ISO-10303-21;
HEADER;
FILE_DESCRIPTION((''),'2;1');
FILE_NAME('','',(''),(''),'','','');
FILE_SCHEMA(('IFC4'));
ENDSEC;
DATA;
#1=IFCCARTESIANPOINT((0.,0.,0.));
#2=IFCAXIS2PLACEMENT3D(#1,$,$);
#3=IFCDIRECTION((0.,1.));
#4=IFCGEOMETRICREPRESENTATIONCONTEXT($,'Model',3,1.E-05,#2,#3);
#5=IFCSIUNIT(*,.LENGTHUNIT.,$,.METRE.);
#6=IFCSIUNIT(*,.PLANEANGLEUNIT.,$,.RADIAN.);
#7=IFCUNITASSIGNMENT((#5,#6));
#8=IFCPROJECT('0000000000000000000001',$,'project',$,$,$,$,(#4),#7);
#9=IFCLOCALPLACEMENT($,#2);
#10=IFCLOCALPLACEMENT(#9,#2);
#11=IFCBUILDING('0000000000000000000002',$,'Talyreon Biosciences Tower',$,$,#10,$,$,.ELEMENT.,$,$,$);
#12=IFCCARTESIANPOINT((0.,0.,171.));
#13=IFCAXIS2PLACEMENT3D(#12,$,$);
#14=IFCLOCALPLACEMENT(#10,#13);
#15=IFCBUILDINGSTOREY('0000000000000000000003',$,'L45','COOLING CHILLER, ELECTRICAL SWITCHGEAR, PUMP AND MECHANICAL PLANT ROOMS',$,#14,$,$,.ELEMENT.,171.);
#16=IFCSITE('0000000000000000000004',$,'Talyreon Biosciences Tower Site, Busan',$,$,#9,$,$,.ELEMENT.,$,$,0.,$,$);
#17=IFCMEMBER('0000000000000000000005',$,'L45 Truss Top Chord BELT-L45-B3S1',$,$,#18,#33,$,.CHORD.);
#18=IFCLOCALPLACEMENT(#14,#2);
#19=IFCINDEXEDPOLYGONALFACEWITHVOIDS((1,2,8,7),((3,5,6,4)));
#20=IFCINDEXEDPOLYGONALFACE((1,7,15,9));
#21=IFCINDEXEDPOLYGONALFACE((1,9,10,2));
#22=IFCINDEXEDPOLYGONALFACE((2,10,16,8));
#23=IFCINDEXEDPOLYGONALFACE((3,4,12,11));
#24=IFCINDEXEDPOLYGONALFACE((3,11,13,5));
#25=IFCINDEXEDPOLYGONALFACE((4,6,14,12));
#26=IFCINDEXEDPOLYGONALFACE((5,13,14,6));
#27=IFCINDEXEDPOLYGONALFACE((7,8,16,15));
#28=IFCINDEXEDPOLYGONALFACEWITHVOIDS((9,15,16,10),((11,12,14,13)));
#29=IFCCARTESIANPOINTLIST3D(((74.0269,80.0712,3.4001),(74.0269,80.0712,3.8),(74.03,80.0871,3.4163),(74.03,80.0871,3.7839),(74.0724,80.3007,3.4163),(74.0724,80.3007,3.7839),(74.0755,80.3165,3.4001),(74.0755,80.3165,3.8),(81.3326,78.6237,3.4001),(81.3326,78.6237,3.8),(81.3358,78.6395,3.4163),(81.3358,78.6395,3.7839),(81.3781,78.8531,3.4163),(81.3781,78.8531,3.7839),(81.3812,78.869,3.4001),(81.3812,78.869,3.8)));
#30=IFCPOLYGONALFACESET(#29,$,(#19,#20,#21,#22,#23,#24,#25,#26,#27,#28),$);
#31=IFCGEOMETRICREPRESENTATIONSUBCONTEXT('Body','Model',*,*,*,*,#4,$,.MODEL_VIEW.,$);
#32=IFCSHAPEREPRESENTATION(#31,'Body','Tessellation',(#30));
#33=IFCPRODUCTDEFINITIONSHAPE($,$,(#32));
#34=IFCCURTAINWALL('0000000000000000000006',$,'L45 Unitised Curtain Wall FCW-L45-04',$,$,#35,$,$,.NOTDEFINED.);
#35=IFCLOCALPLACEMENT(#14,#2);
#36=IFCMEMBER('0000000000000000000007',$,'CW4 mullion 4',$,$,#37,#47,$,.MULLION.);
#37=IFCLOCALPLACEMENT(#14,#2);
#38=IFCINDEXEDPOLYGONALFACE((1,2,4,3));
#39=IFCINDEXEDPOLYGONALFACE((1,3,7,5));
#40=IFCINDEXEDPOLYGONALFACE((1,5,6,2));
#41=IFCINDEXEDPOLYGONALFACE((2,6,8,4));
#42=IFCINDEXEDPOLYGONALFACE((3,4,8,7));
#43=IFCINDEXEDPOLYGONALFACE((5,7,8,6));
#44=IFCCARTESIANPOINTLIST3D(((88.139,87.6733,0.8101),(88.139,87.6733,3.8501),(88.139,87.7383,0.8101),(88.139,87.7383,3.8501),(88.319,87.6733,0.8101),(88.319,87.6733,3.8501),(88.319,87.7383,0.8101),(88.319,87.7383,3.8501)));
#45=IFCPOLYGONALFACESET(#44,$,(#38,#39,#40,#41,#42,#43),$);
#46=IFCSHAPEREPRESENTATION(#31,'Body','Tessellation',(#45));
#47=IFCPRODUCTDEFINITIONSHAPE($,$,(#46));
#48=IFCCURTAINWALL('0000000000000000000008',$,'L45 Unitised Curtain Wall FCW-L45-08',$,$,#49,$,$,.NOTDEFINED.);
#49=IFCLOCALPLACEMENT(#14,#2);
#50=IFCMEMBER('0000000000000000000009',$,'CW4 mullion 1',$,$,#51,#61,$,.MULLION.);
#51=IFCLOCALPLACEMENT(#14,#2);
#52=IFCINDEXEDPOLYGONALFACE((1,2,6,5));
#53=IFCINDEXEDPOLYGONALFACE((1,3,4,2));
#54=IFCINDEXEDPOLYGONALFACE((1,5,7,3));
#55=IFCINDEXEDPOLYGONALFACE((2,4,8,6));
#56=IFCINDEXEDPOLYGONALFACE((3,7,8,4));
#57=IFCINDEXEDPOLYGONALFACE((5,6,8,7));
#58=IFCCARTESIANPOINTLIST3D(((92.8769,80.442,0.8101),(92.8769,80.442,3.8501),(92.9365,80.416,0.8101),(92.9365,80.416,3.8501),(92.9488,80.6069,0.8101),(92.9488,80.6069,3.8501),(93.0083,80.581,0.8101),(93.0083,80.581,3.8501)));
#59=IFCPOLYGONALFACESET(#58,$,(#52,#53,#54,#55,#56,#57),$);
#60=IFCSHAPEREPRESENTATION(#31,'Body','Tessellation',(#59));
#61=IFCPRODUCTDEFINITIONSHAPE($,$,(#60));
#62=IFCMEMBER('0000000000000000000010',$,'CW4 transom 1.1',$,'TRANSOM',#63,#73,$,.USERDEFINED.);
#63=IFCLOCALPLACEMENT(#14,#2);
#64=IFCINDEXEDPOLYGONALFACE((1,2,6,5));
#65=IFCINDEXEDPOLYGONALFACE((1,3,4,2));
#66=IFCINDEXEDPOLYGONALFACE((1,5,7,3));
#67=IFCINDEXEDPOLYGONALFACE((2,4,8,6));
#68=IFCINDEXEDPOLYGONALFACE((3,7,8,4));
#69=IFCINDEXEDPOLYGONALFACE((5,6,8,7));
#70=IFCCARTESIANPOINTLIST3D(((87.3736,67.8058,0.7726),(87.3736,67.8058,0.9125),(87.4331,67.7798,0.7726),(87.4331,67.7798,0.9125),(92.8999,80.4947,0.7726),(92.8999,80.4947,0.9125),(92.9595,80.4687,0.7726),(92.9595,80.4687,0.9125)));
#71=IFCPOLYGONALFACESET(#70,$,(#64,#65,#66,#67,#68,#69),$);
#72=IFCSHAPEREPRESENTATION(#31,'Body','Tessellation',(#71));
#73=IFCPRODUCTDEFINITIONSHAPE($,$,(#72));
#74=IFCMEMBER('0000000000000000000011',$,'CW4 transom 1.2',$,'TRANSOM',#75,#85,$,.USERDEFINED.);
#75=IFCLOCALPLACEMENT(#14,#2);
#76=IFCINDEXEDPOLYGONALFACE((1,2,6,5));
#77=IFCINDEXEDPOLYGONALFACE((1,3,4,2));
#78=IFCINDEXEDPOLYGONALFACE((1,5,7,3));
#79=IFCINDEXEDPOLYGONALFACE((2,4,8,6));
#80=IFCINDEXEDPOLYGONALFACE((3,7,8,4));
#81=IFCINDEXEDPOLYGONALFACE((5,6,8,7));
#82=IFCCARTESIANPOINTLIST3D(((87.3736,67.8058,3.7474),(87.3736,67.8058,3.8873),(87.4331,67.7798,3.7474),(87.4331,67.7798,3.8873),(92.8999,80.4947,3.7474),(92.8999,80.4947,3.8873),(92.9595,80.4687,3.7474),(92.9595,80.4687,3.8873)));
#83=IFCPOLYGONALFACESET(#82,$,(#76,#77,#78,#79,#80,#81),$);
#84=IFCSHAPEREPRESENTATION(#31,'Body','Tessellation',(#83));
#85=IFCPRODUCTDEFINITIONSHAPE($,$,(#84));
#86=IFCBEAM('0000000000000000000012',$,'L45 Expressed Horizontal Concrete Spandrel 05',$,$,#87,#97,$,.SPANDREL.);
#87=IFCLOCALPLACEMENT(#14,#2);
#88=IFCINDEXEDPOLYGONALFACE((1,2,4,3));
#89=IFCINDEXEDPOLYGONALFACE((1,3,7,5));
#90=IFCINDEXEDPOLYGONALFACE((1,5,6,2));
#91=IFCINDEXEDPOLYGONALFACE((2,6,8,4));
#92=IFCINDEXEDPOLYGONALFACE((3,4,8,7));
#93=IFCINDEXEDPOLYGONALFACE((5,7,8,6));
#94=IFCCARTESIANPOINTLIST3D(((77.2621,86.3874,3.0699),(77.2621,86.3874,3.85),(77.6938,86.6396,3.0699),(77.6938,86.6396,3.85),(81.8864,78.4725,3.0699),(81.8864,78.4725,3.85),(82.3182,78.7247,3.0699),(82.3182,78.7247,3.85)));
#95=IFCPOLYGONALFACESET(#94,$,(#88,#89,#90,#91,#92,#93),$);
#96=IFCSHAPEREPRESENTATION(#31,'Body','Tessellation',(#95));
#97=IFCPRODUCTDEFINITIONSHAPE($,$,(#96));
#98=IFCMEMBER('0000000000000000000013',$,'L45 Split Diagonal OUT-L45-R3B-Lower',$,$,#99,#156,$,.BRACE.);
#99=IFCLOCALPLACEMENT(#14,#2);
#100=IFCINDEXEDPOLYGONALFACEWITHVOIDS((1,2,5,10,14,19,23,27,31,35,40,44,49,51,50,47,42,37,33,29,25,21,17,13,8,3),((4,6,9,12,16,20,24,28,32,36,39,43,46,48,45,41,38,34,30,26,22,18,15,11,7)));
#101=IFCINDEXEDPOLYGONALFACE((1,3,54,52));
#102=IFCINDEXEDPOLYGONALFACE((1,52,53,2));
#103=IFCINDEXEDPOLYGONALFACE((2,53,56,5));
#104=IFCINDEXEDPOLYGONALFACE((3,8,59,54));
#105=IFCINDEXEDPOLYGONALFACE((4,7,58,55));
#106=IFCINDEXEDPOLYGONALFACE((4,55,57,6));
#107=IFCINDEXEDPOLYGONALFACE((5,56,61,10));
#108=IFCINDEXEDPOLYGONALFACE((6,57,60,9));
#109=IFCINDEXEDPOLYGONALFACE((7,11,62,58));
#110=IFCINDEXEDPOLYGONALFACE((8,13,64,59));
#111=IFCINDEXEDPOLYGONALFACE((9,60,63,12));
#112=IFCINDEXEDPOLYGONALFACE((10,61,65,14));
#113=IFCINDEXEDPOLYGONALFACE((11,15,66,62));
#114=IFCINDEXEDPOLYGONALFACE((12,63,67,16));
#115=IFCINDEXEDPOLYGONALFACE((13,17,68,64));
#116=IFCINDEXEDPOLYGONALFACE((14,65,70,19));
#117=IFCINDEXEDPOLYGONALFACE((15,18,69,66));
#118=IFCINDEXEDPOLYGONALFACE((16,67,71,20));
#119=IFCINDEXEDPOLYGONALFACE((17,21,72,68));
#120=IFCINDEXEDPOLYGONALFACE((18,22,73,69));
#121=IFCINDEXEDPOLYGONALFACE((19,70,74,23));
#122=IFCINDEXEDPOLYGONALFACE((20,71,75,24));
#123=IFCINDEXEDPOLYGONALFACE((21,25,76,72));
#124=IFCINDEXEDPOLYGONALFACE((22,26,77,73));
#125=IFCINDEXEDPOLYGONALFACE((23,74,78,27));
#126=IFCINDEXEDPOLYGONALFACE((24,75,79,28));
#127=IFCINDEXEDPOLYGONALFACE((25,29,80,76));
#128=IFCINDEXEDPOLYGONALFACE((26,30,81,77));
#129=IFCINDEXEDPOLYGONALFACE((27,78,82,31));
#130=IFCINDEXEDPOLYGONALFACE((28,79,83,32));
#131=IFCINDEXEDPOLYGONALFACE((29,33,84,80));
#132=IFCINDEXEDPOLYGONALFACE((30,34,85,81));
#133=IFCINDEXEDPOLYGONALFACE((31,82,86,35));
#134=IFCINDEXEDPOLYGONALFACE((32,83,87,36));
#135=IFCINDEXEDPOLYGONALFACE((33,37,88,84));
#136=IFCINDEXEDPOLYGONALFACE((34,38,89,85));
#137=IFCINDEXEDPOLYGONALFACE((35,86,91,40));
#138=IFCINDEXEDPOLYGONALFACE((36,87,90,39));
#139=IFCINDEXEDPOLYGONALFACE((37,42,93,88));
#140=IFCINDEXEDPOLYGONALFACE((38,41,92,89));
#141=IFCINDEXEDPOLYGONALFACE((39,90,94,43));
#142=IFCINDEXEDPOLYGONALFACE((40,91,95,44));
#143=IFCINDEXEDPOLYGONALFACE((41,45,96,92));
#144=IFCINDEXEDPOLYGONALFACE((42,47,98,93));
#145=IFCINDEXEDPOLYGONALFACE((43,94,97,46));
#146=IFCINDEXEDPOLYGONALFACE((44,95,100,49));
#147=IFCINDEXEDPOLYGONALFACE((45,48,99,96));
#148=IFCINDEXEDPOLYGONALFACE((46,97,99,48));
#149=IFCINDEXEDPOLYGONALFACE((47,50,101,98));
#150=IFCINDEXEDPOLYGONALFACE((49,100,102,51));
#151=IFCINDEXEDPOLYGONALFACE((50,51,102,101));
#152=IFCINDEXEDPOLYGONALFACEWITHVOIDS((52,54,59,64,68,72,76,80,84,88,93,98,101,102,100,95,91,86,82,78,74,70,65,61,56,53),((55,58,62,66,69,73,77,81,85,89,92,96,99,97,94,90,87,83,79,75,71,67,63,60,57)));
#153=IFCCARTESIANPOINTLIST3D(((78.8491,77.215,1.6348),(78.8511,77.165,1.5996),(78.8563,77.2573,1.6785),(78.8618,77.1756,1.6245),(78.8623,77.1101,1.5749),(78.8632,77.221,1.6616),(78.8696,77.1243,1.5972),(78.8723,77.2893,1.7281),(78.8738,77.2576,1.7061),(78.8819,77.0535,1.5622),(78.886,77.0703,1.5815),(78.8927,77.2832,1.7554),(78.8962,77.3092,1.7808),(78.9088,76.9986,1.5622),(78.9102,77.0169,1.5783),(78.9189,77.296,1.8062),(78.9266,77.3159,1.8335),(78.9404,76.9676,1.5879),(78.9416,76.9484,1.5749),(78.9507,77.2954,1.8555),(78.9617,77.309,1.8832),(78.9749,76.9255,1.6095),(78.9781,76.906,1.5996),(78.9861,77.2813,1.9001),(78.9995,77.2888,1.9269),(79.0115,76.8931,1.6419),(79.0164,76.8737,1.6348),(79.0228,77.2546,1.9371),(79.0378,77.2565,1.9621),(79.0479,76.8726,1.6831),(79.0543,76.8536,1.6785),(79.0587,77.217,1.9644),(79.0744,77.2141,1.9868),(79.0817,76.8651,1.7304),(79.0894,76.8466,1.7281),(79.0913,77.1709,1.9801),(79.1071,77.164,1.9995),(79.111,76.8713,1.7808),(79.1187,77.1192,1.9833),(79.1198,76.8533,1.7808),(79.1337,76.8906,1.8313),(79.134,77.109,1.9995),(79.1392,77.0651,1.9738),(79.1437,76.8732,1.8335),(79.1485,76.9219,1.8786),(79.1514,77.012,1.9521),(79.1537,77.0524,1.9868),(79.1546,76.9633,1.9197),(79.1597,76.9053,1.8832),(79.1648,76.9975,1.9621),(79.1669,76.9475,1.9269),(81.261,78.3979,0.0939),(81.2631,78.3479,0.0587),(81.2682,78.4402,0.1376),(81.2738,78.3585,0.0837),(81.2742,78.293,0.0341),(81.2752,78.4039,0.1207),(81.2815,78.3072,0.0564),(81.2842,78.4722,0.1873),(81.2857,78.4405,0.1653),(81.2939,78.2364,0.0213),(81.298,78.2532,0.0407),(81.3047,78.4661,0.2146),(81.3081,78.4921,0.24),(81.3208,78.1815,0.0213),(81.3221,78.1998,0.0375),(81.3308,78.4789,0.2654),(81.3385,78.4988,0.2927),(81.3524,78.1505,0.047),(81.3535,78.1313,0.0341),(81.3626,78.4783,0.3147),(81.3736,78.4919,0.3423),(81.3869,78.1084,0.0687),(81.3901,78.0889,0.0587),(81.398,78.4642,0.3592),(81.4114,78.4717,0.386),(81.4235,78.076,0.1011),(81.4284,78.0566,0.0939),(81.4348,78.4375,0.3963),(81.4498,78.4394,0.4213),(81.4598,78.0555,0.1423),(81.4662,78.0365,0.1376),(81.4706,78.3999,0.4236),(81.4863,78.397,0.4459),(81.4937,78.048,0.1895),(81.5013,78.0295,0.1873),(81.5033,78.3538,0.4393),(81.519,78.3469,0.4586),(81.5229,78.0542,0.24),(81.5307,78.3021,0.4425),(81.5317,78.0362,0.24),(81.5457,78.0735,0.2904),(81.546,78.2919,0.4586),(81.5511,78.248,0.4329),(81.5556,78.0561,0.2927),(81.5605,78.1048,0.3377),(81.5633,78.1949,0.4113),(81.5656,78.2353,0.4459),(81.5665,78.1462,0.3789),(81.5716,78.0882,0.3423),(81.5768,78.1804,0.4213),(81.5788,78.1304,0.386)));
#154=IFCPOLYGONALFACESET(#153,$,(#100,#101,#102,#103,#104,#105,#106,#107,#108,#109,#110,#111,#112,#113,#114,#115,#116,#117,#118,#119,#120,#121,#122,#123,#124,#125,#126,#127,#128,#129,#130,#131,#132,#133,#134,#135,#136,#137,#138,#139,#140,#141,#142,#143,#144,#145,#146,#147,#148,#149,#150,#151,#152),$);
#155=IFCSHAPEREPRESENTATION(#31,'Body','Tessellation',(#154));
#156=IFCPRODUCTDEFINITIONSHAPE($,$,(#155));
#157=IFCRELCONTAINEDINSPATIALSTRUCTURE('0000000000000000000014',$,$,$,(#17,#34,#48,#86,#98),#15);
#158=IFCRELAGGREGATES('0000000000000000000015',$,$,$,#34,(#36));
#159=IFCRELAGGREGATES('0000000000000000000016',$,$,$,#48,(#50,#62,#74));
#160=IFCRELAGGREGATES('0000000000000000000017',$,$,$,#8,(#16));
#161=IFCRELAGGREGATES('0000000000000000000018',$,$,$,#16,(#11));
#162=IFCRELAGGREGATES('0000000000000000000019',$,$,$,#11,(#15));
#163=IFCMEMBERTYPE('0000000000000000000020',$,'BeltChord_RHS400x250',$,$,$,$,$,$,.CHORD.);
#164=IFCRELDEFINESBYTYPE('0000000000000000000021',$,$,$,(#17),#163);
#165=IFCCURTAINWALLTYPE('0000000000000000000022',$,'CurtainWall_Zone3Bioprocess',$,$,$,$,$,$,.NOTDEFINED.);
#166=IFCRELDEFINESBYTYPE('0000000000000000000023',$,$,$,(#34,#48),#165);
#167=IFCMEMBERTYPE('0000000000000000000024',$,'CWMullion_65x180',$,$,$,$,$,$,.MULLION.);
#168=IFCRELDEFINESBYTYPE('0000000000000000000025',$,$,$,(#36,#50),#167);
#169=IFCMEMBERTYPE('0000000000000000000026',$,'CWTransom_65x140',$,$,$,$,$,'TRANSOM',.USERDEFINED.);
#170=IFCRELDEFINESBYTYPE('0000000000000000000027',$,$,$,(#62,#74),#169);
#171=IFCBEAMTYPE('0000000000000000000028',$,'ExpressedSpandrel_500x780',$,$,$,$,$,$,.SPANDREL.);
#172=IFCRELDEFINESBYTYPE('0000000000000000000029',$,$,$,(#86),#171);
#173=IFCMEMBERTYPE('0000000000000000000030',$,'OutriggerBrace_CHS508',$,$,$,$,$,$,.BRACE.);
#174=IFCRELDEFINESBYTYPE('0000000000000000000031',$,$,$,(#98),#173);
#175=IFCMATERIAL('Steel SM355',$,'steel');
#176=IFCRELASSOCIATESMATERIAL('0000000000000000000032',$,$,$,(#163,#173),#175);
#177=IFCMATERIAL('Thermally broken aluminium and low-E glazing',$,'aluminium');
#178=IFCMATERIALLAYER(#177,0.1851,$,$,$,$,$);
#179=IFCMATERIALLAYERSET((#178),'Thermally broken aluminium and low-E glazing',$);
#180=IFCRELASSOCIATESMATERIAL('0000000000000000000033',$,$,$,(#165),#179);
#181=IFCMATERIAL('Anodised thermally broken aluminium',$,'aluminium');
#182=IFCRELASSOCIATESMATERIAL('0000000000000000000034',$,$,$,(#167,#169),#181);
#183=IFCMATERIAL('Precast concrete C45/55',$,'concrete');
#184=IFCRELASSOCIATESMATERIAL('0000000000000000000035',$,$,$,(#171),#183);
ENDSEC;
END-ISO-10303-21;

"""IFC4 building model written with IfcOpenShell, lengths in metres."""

from ifc_helpers import new_model, si_unit, direction, frame, origin, origin_2d, place, context, subcontext, project, spatial, rectangle, hollow_rectangle, hollow_circle, extrude, material, layer, layer_set, material_profile, profile_set, type_object, element, aggregate, save


model = new_model("IFC4")

# Units and contexts
model_context = context("Model", 3, precision=1e-05, world=origin(), true_north=direction((0.0, 1.0)))
body_context = subcontext(model_context, "Body", "Model", "MODEL_VIEW")
ifc_project = project(units=[si_unit("LENGTHUNIT", "METRE"), si_unit("PLANEANGLEUNIT", "RADIAN")], contexts=[model_context])

# Site, building, storey
site_placement = place(None, origin())
site = spatial("IfcSite", under=ifc_project, at=site_placement, Name="Talyreon Biosciences Tower Site, Busan", CompositionType="ELEMENT", RefElevation=0.0)
building_placement = place(site_placement, origin())
building = spatial("IfcBuilding", under=site, at=building_placement, Name="Talyreon Biosciences Tower", CompositionType="ELEMENT")
storey_placement = place(building_placement, frame((0.0, 0.0, 171.0)))
storey = spatial("IfcBuildingStorey", under=building, at=storey_placement, Name="L45", Description="COOLING CHILLER, ELECTRICAL SWITCHGEAR, PUMP AND MECHANICAL PLANT ROOMS", CompositionType="ELEMENT", Elevation=171.0)

# Member
ifc_material_1 = material(Name="Steel SM355", Category="steel")
ifc_material_profile_1 = material_profile(ifc_material_1, hollow_rectangle(XDim=0.25, YDim=0.3999, WallThickness=0.0161, at=origin_2d()), Name="RHS 400x250x16")
ifc_profile_set_1 = profile_set([ifc_material_profile_1], Name="Steel SM355")
member_type_1 = type_object("IfcMemberType", Name="BeltChord_RHS400x250", PredefinedType="CHORD", material=ifc_profile_set_1)
for number, where, z_axis, x_axis, name in (
    (1, (81.3569, 78.7463, 3.6001), (-0.980931, 0.194357, 0.0), (-0.194357, -0.980931, 0.0), "L45 Truss Top Chord BELT-L45-B3S1"),
):
    element("IfcMember", number, at=place(storey_placement, frame(where, z_axis=z_axis, x_axis=x_axis)), inside=storey, type_object=member_type_1, Name=name, PredefinedType="CHORD", context=body_context, shape_type="SweptSolid", body=[
        extrude(hollow_rectangle(XDim=0.25, YDim=0.3999, WallThickness=0.0161, at=origin_2d()), origin(), (0.0, 0.0, 1.0), 7.4478),
    ])

# Curtain wall, member
ifc_material_2 = material(Name="Thermally broken aluminium and low-E glazing", Category="aluminium")
ifc_layer_1 = layer(ifc_material_2, 0.1851)
ifc_layer_set_1 = layer_set([ifc_layer_1], Name="Thermally broken aluminium and low-E glazing")
curtain_wall_type = type_object("IfcCurtainWallType", Name="CurtainWall_Zone3Bioprocess", PredefinedType="NOTDEFINED", material=ifc_layer_set_1)
curtain_wall_1_placement = place(storey_placement, origin())
curtain_wall_1 = element("IfcCurtainWall", 2, at=curtain_wall_1_placement, inside=storey, type_object=curtain_wall_type, Name="L45 Unitised Curtain Wall FCW-L45-04", PredefinedType="NOTDEFINED")
ifc_material_3 = material(Name="Anodised thermally broken aluminium", Category="aluminium")
ifc_material_profile_2 = material_profile(ifc_material_3, rectangle(XDim=0.0649, YDim=0.1799, at=origin_2d()), Name="ALUM MULLION 65x180")
ifc_profile_set_2 = profile_set([ifc_material_profile_2], Name="Anodised thermally broken aluminium")
member_type_2 = type_object("IfcMemberType", Name="CWMullion_65x180", PredefinedType="MULLION", material=ifc_profile_set_2)
member_1_placement = place(storey_placement, frame((88.229, 87.7058, 0.8101), z_axis=(0.0, 0.0, 1.0), x_axis=(0.0, 1.0, 0.0)))
member_1 = element("IfcMember", 3, at=member_1_placement, type_object=member_type_2, Name="CW4 mullion 4", PredefinedType="MULLION", context=body_context, shape_type="SweptSolid", body=[
    extrude(rectangle(XDim=0.0649, YDim=0.1799, at=origin_2d()), origin(), (0.0, 0.0, 1.0), 3.04),
])

# Curtain wall, members
curtain_wall_2_placement = place(storey_placement, origin())
curtain_wall_2 = element("IfcCurtainWall", 4, at=curtain_wall_2_placement, inside=storey, type_object=curtain_wall_type, Name="L45 Unitised Curtain Wall FCW-L45-08", PredefinedType="NOTDEFINED")
member_2_placement = place(storey_placement, frame((92.9426, 80.5115, 0.8101), z_axis=(0.0, 0.0, 1.0), x_axis=(0.91682, -0.3993, 0.0)))
member_2 = element("IfcMember", 5, at=member_2_placement, type_object=member_type_2, Name="CW4 mullion 1", PredefinedType="MULLION", context=body_context, shape_type="SweptSolid", body=[
    extrude(rectangle(XDim=0.0649, YDim=0.1799, at=origin_2d()), origin(), (0.0, 0.0, 1.0), 3.04),
])
ifc_material_profile_3 = material_profile(ifc_material_3, rectangle(XDim=0.0649, YDim=0.1399, at=origin_2d()), Name="ALUM TRANSOM 65x140")
ifc_profile_set_3 = profile_set([ifc_material_profile_3], Name="Anodised thermally broken aluminium")
member_type_3 = type_object("IfcMemberType", Name="CWTransom_65x140", ElementType="TRANSOM", PredefinedType="USERDEFINED", material=ifc_profile_set_3)
member_3_placement = place(storey_placement, frame((92.9297, 80.4817, 0.8425), z_axis=(-0.399299, -0.916821, 0.0), x_axis=(0.916821, -0.399299, 0.0)))
member_3 = element("IfcMember", 6, at=member_3_placement, type_object=member_type_3, Name="CW4 transom 1.1", ObjectType="TRANSOM", PredefinedType="USERDEFINED", context=body_context, shape_type="SweptSolid", body=[
    extrude(rectangle(XDim=0.0649, YDim=0.1399, at=origin_2d()), origin(), (0.0, 0.0, 1.0), 13.8401),
])
member_4_placement = place(storey_placement, frame((92.9297, 80.4817, 3.8174), z_axis=(-0.399299, -0.916821, 0.0), x_axis=(0.916821, -0.399299, 0.0)))
member_4 = element("IfcMember", 7, at=member_4_placement, type_object=member_type_3, Name="CW4 transom 1.2", ObjectType="TRANSOM", PredefinedType="USERDEFINED", context=body_context, shape_type="SweptSolid", body=[
    extrude(rectangle(XDim=0.0649, YDim=0.1399, at=origin_2d()), origin(), (0.0, 0.0, 1.0), 13.8401),
])

# Beam
ifc_material_4 = material(Name="Precast concrete C45/55", Category="concrete")
ifc_material_profile_4 = material_profile(ifc_material_4, rectangle(XDim=0.5, YDim=0.78, at=origin_2d()), Name="RCB 500x780")
ifc_profile_set_4 = profile_set([ifc_material_profile_4], Name="Precast concrete C45/55")
beam_type_1 = type_object("IfcBeamType", Name="ExpressedSpandrel_500x780", PredefinedType="SPANDREL", material=ifc_profile_set_4)
beam_1_placement = place(storey_placement, frame((82.1023, 78.5986, 3.46), z_axis=(-0.504465, 0.863432, 0.0), x_axis=(-0.863432, -0.504465, 0.0)))
element("IfcBeam", 8, at=beam_1_placement, inside=storey, type_object=beam_type_1, Name="L45 Expressed Horizontal Concrete Spandrel 05", PredefinedType="SPANDREL", context=body_context, shape_type="SweptSolid", body=[
    extrude(rectangle(XDim=0.5, YDim=0.78, at=origin_2d()), origin(), (0.0, 0.0, 1.0), 9.1667),
])

# Member
ifc_material_profile_5 = material_profile(ifc_material_1, hollow_circle(Radius=0.2539, WallThickness=0.02, at=origin_2d()), Name="CHS 508x20")
ifc_profile_set_5 = profile_set([ifc_material_profile_5], Name="Steel SM355")
member_type_4 = type_object("IfcMemberType", Name="OutriggerBrace_CHS508", PredefinedType="BRACE", material=ifc_profile_set_5)
member_5_placement = place(storey_placement, frame((81.4199, 78.2642, 0.24), z_axis=(-0.778823, -0.381961, 0.497535), x_axis=(0.44033, -0.897836, 0.0)))
element("IfcMember", 9, at=member_5_placement, inside=storey, type_object=member_type_4, Name="L45 Split Diagonal OUT-L45-R3B-Lower", PredefinedType="BRACE", context=body_context, shape_type="SweptSolid", body=[
    extrude(hollow_circle(Radius=0.2539, WallThickness=0.02, at=origin_2d()), origin(), (0.0, 0.0, 1.0), 3.0969),
])

aggregate(curtain_wall_1, [member_1])
aggregate(curtain_wall_2, [member_2, member_3, member_4])

save(model, "model.ifc")
